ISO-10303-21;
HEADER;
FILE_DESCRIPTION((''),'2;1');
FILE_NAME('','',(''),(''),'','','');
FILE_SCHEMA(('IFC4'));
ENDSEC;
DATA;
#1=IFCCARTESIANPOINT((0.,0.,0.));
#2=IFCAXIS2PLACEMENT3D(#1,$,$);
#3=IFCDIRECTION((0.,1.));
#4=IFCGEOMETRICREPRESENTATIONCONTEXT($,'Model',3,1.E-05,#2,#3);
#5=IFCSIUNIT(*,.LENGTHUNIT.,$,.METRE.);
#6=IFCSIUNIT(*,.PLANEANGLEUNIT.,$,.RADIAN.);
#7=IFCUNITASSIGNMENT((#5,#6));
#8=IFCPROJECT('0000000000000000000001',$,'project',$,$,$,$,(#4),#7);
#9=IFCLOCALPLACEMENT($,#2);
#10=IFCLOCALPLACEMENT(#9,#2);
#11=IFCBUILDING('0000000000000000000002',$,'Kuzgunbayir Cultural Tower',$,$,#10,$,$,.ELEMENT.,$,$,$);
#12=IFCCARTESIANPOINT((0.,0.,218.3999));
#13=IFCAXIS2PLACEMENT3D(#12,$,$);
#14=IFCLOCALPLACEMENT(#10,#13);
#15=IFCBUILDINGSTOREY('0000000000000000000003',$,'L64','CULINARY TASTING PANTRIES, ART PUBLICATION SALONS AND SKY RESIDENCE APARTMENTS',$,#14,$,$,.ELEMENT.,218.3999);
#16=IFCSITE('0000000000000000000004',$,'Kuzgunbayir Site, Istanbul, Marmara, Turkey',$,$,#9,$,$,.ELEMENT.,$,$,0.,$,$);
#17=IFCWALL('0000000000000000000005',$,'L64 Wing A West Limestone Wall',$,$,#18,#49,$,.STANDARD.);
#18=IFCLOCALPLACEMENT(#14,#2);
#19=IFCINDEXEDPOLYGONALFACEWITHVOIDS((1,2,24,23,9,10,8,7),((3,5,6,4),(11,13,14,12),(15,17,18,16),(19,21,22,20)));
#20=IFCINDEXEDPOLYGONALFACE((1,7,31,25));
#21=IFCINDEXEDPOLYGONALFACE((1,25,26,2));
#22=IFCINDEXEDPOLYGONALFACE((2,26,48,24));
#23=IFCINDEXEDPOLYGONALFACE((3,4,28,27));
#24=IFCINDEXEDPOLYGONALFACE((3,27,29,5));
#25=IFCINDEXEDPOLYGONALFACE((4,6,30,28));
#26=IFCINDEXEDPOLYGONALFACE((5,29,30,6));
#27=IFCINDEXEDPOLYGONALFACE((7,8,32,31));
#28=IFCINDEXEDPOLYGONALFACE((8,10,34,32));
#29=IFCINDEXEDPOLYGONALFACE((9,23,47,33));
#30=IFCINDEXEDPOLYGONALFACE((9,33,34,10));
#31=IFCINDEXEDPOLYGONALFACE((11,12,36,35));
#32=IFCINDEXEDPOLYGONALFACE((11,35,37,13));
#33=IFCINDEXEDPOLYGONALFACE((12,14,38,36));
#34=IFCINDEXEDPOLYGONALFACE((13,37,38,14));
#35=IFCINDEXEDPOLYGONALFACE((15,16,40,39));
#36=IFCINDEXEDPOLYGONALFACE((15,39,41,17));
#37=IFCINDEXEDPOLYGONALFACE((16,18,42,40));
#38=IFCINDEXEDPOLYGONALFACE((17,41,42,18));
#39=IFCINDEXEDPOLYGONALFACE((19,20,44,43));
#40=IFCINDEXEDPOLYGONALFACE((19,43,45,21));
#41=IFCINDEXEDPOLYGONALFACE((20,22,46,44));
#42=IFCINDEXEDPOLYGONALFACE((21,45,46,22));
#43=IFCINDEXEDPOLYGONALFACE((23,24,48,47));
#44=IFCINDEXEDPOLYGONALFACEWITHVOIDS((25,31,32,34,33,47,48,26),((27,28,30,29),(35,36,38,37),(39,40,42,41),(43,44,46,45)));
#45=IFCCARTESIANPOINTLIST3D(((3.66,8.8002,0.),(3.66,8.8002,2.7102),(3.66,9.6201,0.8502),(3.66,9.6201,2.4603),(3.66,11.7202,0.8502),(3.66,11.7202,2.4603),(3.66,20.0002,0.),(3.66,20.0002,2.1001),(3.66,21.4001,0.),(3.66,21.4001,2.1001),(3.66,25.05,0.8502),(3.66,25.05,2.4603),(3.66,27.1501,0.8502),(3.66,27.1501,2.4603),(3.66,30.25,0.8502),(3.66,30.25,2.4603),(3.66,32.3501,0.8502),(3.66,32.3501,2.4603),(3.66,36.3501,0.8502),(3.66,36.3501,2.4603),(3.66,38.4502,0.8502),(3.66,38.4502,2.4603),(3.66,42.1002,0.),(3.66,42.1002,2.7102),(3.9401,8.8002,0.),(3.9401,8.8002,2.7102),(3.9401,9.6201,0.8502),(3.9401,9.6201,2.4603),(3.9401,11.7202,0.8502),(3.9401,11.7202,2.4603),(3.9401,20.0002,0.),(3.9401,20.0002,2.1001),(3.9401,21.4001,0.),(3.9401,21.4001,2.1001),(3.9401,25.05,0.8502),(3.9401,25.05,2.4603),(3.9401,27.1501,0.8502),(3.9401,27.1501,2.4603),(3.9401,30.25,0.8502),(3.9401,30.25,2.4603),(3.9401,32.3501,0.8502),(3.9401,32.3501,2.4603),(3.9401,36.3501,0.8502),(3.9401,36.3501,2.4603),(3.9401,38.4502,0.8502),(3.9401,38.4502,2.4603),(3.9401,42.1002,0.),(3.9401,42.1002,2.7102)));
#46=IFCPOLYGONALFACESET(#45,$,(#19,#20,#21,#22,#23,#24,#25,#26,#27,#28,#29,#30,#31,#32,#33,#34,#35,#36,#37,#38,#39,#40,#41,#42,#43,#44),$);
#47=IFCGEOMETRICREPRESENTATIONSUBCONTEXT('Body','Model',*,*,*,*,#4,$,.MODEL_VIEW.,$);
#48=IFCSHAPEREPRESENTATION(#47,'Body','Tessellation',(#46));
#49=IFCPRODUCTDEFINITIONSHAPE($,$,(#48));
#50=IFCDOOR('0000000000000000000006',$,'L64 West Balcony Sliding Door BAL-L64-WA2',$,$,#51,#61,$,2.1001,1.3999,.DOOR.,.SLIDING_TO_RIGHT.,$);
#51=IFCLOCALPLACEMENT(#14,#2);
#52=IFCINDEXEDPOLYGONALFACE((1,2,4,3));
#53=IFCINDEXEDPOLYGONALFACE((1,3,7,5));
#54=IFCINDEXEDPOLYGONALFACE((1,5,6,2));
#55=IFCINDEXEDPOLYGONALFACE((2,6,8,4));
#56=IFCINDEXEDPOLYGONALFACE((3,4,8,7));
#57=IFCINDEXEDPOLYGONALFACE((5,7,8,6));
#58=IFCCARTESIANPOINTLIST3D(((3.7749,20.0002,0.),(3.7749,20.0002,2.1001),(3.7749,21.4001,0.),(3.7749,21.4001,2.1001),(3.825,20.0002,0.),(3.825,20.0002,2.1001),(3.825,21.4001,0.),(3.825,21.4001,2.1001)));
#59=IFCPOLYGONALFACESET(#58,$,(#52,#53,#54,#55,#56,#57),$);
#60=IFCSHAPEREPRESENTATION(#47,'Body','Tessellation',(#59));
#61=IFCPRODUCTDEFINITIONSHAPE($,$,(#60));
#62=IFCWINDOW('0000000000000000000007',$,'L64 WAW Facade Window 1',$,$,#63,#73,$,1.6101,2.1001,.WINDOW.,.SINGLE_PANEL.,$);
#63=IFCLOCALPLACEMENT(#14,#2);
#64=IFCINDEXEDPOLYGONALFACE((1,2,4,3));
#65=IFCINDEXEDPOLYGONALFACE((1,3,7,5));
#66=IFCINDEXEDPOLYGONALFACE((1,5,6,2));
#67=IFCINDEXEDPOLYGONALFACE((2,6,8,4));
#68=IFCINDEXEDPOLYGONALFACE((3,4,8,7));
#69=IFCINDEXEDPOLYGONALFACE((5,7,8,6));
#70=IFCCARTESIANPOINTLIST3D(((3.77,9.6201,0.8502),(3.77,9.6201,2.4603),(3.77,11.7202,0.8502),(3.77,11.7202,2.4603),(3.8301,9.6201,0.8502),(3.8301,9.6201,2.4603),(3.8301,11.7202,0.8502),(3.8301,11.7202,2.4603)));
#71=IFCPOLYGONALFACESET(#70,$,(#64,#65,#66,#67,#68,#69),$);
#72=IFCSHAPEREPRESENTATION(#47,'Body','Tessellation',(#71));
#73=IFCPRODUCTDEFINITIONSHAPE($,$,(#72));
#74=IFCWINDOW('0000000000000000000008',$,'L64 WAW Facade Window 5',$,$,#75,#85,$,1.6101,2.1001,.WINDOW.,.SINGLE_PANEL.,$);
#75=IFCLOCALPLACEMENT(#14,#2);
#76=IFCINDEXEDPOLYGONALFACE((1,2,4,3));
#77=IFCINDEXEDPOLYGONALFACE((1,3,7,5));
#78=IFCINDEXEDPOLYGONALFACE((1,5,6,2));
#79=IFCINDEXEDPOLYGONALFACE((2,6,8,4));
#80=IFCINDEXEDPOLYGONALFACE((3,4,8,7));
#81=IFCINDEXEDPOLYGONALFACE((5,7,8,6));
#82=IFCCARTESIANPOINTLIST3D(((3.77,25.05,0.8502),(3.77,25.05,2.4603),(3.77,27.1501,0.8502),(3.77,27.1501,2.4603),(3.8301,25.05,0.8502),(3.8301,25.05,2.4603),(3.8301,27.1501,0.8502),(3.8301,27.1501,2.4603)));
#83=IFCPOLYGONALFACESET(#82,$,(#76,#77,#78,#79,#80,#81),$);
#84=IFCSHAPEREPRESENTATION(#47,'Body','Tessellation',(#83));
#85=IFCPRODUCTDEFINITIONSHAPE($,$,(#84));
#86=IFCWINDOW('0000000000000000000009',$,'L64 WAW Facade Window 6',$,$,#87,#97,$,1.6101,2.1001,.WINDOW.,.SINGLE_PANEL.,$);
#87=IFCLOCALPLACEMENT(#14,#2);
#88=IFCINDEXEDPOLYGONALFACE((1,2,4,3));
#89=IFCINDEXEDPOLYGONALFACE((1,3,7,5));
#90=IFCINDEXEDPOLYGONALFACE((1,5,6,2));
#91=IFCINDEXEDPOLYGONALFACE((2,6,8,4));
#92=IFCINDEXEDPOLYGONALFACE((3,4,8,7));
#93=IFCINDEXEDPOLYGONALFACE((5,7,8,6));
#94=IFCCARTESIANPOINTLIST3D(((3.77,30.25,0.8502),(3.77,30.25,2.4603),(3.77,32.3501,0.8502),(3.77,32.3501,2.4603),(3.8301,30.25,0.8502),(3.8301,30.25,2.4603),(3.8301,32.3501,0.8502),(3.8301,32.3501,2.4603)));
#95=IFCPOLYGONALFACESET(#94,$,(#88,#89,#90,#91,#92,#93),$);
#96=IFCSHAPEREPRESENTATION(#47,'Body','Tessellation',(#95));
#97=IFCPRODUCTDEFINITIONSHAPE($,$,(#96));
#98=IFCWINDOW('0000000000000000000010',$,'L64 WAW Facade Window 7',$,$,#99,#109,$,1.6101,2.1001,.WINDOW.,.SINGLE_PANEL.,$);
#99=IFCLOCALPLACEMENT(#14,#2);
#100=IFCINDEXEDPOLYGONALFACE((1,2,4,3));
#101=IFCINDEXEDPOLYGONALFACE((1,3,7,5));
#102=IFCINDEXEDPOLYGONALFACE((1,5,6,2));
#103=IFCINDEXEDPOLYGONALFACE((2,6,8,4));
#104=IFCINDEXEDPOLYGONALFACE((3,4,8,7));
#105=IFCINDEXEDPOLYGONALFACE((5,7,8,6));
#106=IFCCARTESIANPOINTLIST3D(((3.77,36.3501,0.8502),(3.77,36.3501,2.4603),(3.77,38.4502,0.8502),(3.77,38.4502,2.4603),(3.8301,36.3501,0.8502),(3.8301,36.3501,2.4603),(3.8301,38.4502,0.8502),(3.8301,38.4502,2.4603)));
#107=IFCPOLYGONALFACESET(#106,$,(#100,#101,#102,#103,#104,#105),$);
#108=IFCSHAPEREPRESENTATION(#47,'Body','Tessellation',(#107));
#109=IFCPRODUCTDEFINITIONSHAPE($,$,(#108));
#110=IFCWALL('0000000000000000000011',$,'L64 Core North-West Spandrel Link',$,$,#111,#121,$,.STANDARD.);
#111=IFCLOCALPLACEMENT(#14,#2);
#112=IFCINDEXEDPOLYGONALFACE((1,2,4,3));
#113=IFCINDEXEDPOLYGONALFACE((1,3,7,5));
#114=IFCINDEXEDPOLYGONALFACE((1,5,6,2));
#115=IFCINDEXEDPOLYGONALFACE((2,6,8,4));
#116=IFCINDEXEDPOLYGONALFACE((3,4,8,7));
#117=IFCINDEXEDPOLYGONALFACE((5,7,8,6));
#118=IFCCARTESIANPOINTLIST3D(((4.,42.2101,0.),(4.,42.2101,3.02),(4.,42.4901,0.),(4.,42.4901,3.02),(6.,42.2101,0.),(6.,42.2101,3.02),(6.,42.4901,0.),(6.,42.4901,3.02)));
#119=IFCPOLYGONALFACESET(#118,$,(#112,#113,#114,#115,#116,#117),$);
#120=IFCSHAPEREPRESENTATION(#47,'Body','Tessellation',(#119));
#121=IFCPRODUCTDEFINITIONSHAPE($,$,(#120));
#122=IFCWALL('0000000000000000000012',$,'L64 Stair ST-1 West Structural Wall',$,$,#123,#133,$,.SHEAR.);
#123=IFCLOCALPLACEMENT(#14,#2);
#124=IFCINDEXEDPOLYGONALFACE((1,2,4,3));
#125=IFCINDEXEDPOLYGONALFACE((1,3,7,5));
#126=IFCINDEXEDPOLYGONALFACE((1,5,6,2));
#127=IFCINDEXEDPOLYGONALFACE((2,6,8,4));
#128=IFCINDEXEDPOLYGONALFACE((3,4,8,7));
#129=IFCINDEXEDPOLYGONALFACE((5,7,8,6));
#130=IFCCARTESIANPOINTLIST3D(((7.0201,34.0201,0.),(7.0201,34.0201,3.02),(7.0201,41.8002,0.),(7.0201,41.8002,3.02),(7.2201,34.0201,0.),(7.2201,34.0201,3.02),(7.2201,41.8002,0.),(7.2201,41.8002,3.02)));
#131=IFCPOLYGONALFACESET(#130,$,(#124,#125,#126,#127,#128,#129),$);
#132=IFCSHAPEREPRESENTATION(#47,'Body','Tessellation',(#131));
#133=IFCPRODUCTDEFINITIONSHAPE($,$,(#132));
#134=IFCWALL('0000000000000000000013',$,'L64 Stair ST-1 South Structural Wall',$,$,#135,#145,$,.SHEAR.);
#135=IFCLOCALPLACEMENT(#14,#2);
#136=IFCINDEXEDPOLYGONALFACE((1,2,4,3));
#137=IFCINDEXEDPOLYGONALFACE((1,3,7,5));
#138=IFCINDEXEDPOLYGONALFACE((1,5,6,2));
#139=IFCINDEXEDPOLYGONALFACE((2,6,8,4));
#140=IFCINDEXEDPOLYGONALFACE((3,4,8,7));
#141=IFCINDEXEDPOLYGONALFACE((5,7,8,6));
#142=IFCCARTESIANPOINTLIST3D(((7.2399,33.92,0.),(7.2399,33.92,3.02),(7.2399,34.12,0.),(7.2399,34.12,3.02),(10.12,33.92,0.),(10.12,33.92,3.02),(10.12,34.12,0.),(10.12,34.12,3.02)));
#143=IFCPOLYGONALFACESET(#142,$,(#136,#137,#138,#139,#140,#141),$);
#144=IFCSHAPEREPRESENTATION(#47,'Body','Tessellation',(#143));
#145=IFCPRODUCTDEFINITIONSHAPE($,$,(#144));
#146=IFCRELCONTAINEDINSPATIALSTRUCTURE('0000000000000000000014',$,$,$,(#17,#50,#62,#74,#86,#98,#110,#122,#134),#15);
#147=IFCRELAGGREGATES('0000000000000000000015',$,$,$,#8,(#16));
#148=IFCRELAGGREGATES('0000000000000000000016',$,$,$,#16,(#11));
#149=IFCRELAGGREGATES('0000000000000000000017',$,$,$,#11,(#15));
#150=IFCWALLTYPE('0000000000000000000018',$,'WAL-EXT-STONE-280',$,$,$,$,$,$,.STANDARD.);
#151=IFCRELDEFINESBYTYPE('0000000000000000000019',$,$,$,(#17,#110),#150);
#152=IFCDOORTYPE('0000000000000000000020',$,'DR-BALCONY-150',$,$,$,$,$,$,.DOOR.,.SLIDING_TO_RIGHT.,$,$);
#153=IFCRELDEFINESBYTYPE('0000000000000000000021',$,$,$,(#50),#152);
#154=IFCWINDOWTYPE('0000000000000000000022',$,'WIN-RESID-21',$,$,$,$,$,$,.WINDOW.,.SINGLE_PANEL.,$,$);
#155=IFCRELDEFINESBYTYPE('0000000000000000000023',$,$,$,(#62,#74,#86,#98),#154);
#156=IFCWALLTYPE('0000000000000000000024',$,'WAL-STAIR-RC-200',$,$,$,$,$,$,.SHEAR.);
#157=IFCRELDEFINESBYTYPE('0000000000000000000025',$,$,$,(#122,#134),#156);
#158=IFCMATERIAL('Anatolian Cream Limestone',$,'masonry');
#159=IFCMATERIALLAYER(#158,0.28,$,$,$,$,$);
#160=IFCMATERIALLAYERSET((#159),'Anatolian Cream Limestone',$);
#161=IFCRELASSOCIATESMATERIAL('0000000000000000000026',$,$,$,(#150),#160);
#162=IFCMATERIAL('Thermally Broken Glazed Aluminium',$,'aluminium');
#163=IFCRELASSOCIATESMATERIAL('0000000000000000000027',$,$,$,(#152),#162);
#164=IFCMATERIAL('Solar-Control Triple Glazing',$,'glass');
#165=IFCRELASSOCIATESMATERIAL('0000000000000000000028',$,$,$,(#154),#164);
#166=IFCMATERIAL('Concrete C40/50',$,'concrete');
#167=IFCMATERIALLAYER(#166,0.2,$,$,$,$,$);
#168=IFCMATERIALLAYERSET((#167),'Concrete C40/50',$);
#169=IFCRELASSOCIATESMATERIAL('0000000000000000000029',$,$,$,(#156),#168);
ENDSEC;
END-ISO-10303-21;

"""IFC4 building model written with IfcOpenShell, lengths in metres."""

from ifc_helpers import new_model, si_unit, direction, frame, frame_2d, origin, place, context, subcontext, project, spatial, rectangle, extrude, material, layer, layer_set, type_object, element, fill, save


model = new_model("IFC4")

# Units and contexts
model_context = context("Model", 3, precision=1e-05, world=origin(), true_north=direction((0.0, 1.0)))
body_context = subcontext(model_context, "Body", "Model", "MODEL_VIEW")
ifc_project = project(units=[si_unit("LENGTHUNIT", "METRE"), si_unit("PLANEANGLEUNIT", "RADIAN")], contexts=[model_context])

# Site, building, storey
site_placement = place(None, origin())
site = spatial("IfcSite", under=ifc_project, at=site_placement, Name="Kuzgunbayir Site, Istanbul, Marmara, Turkey", CompositionType="ELEMENT", RefElevation=0.0)
building_placement = place(site_placement, origin())
building = spatial("IfcBuilding", under=site, at=building_placement, Name="Kuzgunbayir Cultural Tower", CompositionType="ELEMENT")
storey_placement = place(building_placement, frame((0.0, 0.0, 218.3999)))
storey = spatial("IfcBuildingStorey", under=building, at=storey_placement, Name="L64", Description="CULINARY TASTING PANTRIES, ART PUBLICATION SALONS AND SKY RESIDENCE APARTMENTS", CompositionType="ELEMENT", Elevation=218.3999)

# Wall, openings, door, windows
ifc_material_1 = material(Name="Anatolian Cream Limestone", Category="masonry")
ifc_layer_1 = layer(ifc_material_1, 0.28)
ifc_layer_set_1 = layer_set([ifc_layer_1], Name="Anatolian Cream Limestone")
wall_type_1 = type_object("IfcWallType", Name="WAL-EXT-STONE-280", PredefinedType="STANDARD", material=ifc_layer_set_1)
wall_1_placement = place(storey_placement, frame((3.8, 42.1001, 0.0), z_axis=(0.0, 0.0, 1.0), x_axis=(0.0, -1.0, 0.0)))
wall_1 = element("IfcWall", 1, at=wall_1_placement, inside=storey, type_object=wall_type_1, Name="L64 Wing A West Limestone Wall", PredefinedType="STANDARD", context=body_context, shape_type="SweptSolid", body=[
    extrude(rectangle(XDim=33.3, YDim=0.28, at=frame_2d((16.6499, 0.0))), origin(), (0.0, 0.0, 1.0), 2.7102),
])
opening_1_placement = place(wall_1_placement, frame((20.7, 0.0, 0.0)))
opening_1 = element("IfcOpeningElement", 2, at=opening_1_placement, cuts=wall_1, PredefinedType="OPENING", context=body_context, shape_type="SweptSolid", body=[
    extrude(rectangle(XDim=1.3999, YDim=2.1001, at=frame_2d((0.7, 1.05))), frame((0.0, 0.1499, 0.0), z_axis=(0.0, -1.0, 0.0), x_axis=(1.0, 0.0, 0.0)), (0.0, 0.0, 1.0), 0.3),
])
opening_2_placement = place(wall_1_placement, frame((30.3799, 0.0, 0.8501)))
opening_2 = element("IfcOpeningElement", 3, at=opening_2_placement, cuts=wall_1, PredefinedType="OPENING", context=body_context, shape_type="SweptSolid", body=[
    extrude(rectangle(XDim=2.1001, YDim=1.6101, at=frame_2d((1.05, 0.8052))), frame((0.0, 0.1499, 0.0), z_axis=(0.0, -1.0, 0.0), x_axis=(1.0, 0.0, 0.0)), (0.0, 0.0, 1.0), 0.3),
])
opening_3_placement = place(wall_1_placement, frame((14.95, 0.0, 0.8501)))
opening_3 = element("IfcOpeningElement", 4, at=opening_3_placement, cuts=wall_1, PredefinedType="OPENING", context=body_context, shape_type="SweptSolid", body=[
    extrude(rectangle(XDim=2.1001, YDim=1.6101, at=frame_2d((1.05, 0.8052))), frame((0.0, 0.1499, 0.0), z_axis=(0.0, -1.0, 0.0), x_axis=(1.0, 0.0, 0.0)), (0.0, 0.0, 1.0), 0.3),
])
opening_4_placement = place(wall_1_placement, frame((9.75, 0.0, 0.8501)))
opening_4 = element("IfcOpeningElement", 5, at=opening_4_placement, cuts=wall_1, PredefinedType="OPENING", context=body_context, shape_type="SweptSolid", body=[
    extrude(rectangle(XDim=2.1001, YDim=1.6101, at=frame_2d((1.05, 0.8052))), frame((0.0, 0.1499, 0.0), z_axis=(0.0, -1.0, 0.0), x_axis=(1.0, 0.0, 0.0)), (0.0, 0.0, 1.0), 0.3),
])
opening_5_placement = place(wall_1_placement, frame((3.6499, 0.0, 0.8501)))
opening_5 = element("IfcOpeningElement", 6, at=opening_5_placement, cuts=wall_1, PredefinedType="OPENING", context=body_context, shape_type="SweptSolid", body=[
    extrude(rectangle(XDim=2.1001, YDim=1.6101, at=frame_2d((1.05, 0.8052))), frame((0.0, 0.1499, 0.0), z_axis=(0.0, -1.0, 0.0), x_axis=(1.0, 0.0, 0.0)), (0.0, 0.0, 1.0), 0.3),
])
ifc_material_2 = material(Name="Thermally Broken Glazed Aluminium", Category="aluminium")
door_type = type_object("IfcDoorType", Name="DR-BALCONY-150", OperationType="SLIDING_TO_RIGHT", PredefinedType="DOOR", material=ifc_material_2)
door_placement = place(opening_1_placement, origin())
door = element("IfcDoor", 7, at=door_placement, inside=storey, type_object=door_type, Name="L64 West Balcony Sliding Door BAL-L64-WA2", OperationType="SLIDING_TO_RIGHT", OverallHeight=2.1001, OverallWidth=1.3999, PredefinedType="DOOR", context=body_context, shape_type="SweptSolid", body=[
    extrude(rectangle(XDim=1.3999, YDim=2.1001, at=frame_2d((0.7, 1.05))), frame((0.0, 0.0249, 0.0), z_axis=(0.0, -1.0, 0.0), x_axis=(1.0, 0.0, 0.0)), (0.0, 0.0, 1.0), 0.05),
])
fill(opening_1, door)
ifc_material_3 = material(Name="Solar-Control Triple Glazing", Category="glass")
window_type = type_object("IfcWindowType", Name="WIN-RESID-21", PartitioningType="SINGLE_PANEL", PredefinedType="WINDOW", material=ifc_material_3)
window_1_placement = place(opening_2_placement, origin())
window_1 = element("IfcWindow", 8, at=window_1_placement, inside=storey, type_object=window_type, Name="L64 WAW Facade Window 1", OverallHeight=1.6101, OverallWidth=2.1001, PartitioningType="SINGLE_PANEL", PredefinedType="WINDOW", context=body_context, shape_type="SweptSolid", body=[
    extrude(rectangle(XDim=2.1001, YDim=1.6101, at=frame_2d((1.05, 0.8052))), frame((0.0, 0.03, 0.0), z_axis=(0.0, -1.0, 0.0), x_axis=(1.0, 0.0, 0.0)), (0.0, 0.0, 1.0), 0.0601),
])
fill(opening_2, window_1)
window_2_placement = place(opening_3_placement, origin())
window_2 = element("IfcWindow", 9, at=window_2_placement, inside=storey, type_object=window_type, Name="L64 WAW Facade Window 5", OverallHeight=1.6101, OverallWidth=2.1001, PartitioningType="SINGLE_PANEL", PredefinedType="WINDOW", context=body_context, shape_type="SweptSolid", body=[
    extrude(rectangle(XDim=2.1001, YDim=1.6101, at=frame_2d((1.05, 0.8052))), frame((0.0, 0.03, 0.0), z_axis=(0.0, -1.0, 0.0), x_axis=(1.0, 0.0, 0.0)), (0.0, 0.0, 1.0), 0.0601),
])
fill(opening_3, window_2)
window_3_placement = place(opening_4_placement, origin())
window_3 = element("IfcWindow", 10, at=window_3_placement, inside=storey, type_object=window_type, Name="L64 WAW Facade Window 6", OverallHeight=1.6101, OverallWidth=2.1001, PartitioningType="SINGLE_PANEL", PredefinedType="WINDOW", context=body_context, shape_type="SweptSolid", body=[
    extrude(rectangle(XDim=2.1001, YDim=1.6101, at=frame_2d((1.05, 0.8052))), frame((0.0, 0.03, 0.0), z_axis=(0.0, -1.0, 0.0), x_axis=(1.0, 0.0, 0.0)), (0.0, 0.0, 1.0), 0.0601),
])
fill(opening_4, window_3)
window_4_placement = place(opening_5_placement, origin())
window_4 = element("IfcWindow", 11, at=window_4_placement, inside=storey, type_object=window_type, Name="L64 WAW Facade Window 7", OverallHeight=1.6101, OverallWidth=2.1001, PartitioningType="SINGLE_PANEL", PredefinedType="WINDOW", context=body_context, shape_type="SweptSolid", body=[
    extrude(rectangle(XDim=2.1001, YDim=1.6101, at=frame_2d((1.05, 0.8052))), frame((0.0, 0.03, 0.0), z_axis=(0.0, -1.0, 0.0), x_axis=(1.0, 0.0, 0.0)), (0.0, 0.0, 1.0), 0.0601),
])
fill(opening_5, window_4)

# Walls
wall_2_placement = place(storey_placement, frame((6.0, 42.3501, 0.0), z_axis=(0.0, 0.0, 1.0), x_axis=(-1.0, 0.0, 0.0)))
element("IfcWall", 12, at=wall_2_placement, inside=storey, type_object=wall_type_1, Name="L64 Core North-West Spandrel Link", PredefinedType="STANDARD", context=body_context, shape_type="SweptSolid", body=[
    extrude(rectangle(XDim=2.0, YDim=0.28, at=frame_2d((1.0, 0.0))), origin(), (0.0, 0.0, 1.0), 3.02),
])
ifc_material_4 = material(Name="Concrete C40/50", Category="concrete")
ifc_layer_2 = layer(ifc_material_4, 0.2)
ifc_layer_set_2 = layer_set([ifc_layer_2], Name="Concrete C40/50")
wall_type_2 = type_object("IfcWallType", Name="WAL-STAIR-RC-200", PredefinedType="SHEAR", material=ifc_layer_set_2)
wall_3_placement = place(storey_placement, frame((7.1201, 34.02, 0.0), z_axis=(0.0, 0.0, 1.0), x_axis=(0.0, 1.0, 0.0)))
element("IfcWall", 13, at=wall_3_placement, inside=storey, type_object=wall_type_2, Name="L64 Stair ST-1 West Structural Wall", PredefinedType="SHEAR", context=body_context, shape_type="SweptSolid", body=[
    extrude(rectangle(XDim=7.78, YDim=0.2, at=frame_2d((3.8901, 0.0))), origin(), (0.0, 0.0, 1.0), 3.02),
])
wall_4_placement = place(storey_placement, frame((7.24, 34.02, 0.0), z_axis=(0.0, 0.0, 1.0), x_axis=(1.0, 0.0, 0.0)))
element("IfcWall", 14, at=wall_4_placement, inside=storey, type_object=wall_type_2, Name="L64 Stair ST-1 South Structural Wall", PredefinedType="SHEAR", context=body_context, shape_type="SweptSolid", body=[
    extrude(rectangle(XDim=2.8801, YDim=0.2, at=frame_2d((1.4399, 0.0))), origin(), (0.0, 0.0, 1.0), 3.02),
])

save(model, "model.ifc")
